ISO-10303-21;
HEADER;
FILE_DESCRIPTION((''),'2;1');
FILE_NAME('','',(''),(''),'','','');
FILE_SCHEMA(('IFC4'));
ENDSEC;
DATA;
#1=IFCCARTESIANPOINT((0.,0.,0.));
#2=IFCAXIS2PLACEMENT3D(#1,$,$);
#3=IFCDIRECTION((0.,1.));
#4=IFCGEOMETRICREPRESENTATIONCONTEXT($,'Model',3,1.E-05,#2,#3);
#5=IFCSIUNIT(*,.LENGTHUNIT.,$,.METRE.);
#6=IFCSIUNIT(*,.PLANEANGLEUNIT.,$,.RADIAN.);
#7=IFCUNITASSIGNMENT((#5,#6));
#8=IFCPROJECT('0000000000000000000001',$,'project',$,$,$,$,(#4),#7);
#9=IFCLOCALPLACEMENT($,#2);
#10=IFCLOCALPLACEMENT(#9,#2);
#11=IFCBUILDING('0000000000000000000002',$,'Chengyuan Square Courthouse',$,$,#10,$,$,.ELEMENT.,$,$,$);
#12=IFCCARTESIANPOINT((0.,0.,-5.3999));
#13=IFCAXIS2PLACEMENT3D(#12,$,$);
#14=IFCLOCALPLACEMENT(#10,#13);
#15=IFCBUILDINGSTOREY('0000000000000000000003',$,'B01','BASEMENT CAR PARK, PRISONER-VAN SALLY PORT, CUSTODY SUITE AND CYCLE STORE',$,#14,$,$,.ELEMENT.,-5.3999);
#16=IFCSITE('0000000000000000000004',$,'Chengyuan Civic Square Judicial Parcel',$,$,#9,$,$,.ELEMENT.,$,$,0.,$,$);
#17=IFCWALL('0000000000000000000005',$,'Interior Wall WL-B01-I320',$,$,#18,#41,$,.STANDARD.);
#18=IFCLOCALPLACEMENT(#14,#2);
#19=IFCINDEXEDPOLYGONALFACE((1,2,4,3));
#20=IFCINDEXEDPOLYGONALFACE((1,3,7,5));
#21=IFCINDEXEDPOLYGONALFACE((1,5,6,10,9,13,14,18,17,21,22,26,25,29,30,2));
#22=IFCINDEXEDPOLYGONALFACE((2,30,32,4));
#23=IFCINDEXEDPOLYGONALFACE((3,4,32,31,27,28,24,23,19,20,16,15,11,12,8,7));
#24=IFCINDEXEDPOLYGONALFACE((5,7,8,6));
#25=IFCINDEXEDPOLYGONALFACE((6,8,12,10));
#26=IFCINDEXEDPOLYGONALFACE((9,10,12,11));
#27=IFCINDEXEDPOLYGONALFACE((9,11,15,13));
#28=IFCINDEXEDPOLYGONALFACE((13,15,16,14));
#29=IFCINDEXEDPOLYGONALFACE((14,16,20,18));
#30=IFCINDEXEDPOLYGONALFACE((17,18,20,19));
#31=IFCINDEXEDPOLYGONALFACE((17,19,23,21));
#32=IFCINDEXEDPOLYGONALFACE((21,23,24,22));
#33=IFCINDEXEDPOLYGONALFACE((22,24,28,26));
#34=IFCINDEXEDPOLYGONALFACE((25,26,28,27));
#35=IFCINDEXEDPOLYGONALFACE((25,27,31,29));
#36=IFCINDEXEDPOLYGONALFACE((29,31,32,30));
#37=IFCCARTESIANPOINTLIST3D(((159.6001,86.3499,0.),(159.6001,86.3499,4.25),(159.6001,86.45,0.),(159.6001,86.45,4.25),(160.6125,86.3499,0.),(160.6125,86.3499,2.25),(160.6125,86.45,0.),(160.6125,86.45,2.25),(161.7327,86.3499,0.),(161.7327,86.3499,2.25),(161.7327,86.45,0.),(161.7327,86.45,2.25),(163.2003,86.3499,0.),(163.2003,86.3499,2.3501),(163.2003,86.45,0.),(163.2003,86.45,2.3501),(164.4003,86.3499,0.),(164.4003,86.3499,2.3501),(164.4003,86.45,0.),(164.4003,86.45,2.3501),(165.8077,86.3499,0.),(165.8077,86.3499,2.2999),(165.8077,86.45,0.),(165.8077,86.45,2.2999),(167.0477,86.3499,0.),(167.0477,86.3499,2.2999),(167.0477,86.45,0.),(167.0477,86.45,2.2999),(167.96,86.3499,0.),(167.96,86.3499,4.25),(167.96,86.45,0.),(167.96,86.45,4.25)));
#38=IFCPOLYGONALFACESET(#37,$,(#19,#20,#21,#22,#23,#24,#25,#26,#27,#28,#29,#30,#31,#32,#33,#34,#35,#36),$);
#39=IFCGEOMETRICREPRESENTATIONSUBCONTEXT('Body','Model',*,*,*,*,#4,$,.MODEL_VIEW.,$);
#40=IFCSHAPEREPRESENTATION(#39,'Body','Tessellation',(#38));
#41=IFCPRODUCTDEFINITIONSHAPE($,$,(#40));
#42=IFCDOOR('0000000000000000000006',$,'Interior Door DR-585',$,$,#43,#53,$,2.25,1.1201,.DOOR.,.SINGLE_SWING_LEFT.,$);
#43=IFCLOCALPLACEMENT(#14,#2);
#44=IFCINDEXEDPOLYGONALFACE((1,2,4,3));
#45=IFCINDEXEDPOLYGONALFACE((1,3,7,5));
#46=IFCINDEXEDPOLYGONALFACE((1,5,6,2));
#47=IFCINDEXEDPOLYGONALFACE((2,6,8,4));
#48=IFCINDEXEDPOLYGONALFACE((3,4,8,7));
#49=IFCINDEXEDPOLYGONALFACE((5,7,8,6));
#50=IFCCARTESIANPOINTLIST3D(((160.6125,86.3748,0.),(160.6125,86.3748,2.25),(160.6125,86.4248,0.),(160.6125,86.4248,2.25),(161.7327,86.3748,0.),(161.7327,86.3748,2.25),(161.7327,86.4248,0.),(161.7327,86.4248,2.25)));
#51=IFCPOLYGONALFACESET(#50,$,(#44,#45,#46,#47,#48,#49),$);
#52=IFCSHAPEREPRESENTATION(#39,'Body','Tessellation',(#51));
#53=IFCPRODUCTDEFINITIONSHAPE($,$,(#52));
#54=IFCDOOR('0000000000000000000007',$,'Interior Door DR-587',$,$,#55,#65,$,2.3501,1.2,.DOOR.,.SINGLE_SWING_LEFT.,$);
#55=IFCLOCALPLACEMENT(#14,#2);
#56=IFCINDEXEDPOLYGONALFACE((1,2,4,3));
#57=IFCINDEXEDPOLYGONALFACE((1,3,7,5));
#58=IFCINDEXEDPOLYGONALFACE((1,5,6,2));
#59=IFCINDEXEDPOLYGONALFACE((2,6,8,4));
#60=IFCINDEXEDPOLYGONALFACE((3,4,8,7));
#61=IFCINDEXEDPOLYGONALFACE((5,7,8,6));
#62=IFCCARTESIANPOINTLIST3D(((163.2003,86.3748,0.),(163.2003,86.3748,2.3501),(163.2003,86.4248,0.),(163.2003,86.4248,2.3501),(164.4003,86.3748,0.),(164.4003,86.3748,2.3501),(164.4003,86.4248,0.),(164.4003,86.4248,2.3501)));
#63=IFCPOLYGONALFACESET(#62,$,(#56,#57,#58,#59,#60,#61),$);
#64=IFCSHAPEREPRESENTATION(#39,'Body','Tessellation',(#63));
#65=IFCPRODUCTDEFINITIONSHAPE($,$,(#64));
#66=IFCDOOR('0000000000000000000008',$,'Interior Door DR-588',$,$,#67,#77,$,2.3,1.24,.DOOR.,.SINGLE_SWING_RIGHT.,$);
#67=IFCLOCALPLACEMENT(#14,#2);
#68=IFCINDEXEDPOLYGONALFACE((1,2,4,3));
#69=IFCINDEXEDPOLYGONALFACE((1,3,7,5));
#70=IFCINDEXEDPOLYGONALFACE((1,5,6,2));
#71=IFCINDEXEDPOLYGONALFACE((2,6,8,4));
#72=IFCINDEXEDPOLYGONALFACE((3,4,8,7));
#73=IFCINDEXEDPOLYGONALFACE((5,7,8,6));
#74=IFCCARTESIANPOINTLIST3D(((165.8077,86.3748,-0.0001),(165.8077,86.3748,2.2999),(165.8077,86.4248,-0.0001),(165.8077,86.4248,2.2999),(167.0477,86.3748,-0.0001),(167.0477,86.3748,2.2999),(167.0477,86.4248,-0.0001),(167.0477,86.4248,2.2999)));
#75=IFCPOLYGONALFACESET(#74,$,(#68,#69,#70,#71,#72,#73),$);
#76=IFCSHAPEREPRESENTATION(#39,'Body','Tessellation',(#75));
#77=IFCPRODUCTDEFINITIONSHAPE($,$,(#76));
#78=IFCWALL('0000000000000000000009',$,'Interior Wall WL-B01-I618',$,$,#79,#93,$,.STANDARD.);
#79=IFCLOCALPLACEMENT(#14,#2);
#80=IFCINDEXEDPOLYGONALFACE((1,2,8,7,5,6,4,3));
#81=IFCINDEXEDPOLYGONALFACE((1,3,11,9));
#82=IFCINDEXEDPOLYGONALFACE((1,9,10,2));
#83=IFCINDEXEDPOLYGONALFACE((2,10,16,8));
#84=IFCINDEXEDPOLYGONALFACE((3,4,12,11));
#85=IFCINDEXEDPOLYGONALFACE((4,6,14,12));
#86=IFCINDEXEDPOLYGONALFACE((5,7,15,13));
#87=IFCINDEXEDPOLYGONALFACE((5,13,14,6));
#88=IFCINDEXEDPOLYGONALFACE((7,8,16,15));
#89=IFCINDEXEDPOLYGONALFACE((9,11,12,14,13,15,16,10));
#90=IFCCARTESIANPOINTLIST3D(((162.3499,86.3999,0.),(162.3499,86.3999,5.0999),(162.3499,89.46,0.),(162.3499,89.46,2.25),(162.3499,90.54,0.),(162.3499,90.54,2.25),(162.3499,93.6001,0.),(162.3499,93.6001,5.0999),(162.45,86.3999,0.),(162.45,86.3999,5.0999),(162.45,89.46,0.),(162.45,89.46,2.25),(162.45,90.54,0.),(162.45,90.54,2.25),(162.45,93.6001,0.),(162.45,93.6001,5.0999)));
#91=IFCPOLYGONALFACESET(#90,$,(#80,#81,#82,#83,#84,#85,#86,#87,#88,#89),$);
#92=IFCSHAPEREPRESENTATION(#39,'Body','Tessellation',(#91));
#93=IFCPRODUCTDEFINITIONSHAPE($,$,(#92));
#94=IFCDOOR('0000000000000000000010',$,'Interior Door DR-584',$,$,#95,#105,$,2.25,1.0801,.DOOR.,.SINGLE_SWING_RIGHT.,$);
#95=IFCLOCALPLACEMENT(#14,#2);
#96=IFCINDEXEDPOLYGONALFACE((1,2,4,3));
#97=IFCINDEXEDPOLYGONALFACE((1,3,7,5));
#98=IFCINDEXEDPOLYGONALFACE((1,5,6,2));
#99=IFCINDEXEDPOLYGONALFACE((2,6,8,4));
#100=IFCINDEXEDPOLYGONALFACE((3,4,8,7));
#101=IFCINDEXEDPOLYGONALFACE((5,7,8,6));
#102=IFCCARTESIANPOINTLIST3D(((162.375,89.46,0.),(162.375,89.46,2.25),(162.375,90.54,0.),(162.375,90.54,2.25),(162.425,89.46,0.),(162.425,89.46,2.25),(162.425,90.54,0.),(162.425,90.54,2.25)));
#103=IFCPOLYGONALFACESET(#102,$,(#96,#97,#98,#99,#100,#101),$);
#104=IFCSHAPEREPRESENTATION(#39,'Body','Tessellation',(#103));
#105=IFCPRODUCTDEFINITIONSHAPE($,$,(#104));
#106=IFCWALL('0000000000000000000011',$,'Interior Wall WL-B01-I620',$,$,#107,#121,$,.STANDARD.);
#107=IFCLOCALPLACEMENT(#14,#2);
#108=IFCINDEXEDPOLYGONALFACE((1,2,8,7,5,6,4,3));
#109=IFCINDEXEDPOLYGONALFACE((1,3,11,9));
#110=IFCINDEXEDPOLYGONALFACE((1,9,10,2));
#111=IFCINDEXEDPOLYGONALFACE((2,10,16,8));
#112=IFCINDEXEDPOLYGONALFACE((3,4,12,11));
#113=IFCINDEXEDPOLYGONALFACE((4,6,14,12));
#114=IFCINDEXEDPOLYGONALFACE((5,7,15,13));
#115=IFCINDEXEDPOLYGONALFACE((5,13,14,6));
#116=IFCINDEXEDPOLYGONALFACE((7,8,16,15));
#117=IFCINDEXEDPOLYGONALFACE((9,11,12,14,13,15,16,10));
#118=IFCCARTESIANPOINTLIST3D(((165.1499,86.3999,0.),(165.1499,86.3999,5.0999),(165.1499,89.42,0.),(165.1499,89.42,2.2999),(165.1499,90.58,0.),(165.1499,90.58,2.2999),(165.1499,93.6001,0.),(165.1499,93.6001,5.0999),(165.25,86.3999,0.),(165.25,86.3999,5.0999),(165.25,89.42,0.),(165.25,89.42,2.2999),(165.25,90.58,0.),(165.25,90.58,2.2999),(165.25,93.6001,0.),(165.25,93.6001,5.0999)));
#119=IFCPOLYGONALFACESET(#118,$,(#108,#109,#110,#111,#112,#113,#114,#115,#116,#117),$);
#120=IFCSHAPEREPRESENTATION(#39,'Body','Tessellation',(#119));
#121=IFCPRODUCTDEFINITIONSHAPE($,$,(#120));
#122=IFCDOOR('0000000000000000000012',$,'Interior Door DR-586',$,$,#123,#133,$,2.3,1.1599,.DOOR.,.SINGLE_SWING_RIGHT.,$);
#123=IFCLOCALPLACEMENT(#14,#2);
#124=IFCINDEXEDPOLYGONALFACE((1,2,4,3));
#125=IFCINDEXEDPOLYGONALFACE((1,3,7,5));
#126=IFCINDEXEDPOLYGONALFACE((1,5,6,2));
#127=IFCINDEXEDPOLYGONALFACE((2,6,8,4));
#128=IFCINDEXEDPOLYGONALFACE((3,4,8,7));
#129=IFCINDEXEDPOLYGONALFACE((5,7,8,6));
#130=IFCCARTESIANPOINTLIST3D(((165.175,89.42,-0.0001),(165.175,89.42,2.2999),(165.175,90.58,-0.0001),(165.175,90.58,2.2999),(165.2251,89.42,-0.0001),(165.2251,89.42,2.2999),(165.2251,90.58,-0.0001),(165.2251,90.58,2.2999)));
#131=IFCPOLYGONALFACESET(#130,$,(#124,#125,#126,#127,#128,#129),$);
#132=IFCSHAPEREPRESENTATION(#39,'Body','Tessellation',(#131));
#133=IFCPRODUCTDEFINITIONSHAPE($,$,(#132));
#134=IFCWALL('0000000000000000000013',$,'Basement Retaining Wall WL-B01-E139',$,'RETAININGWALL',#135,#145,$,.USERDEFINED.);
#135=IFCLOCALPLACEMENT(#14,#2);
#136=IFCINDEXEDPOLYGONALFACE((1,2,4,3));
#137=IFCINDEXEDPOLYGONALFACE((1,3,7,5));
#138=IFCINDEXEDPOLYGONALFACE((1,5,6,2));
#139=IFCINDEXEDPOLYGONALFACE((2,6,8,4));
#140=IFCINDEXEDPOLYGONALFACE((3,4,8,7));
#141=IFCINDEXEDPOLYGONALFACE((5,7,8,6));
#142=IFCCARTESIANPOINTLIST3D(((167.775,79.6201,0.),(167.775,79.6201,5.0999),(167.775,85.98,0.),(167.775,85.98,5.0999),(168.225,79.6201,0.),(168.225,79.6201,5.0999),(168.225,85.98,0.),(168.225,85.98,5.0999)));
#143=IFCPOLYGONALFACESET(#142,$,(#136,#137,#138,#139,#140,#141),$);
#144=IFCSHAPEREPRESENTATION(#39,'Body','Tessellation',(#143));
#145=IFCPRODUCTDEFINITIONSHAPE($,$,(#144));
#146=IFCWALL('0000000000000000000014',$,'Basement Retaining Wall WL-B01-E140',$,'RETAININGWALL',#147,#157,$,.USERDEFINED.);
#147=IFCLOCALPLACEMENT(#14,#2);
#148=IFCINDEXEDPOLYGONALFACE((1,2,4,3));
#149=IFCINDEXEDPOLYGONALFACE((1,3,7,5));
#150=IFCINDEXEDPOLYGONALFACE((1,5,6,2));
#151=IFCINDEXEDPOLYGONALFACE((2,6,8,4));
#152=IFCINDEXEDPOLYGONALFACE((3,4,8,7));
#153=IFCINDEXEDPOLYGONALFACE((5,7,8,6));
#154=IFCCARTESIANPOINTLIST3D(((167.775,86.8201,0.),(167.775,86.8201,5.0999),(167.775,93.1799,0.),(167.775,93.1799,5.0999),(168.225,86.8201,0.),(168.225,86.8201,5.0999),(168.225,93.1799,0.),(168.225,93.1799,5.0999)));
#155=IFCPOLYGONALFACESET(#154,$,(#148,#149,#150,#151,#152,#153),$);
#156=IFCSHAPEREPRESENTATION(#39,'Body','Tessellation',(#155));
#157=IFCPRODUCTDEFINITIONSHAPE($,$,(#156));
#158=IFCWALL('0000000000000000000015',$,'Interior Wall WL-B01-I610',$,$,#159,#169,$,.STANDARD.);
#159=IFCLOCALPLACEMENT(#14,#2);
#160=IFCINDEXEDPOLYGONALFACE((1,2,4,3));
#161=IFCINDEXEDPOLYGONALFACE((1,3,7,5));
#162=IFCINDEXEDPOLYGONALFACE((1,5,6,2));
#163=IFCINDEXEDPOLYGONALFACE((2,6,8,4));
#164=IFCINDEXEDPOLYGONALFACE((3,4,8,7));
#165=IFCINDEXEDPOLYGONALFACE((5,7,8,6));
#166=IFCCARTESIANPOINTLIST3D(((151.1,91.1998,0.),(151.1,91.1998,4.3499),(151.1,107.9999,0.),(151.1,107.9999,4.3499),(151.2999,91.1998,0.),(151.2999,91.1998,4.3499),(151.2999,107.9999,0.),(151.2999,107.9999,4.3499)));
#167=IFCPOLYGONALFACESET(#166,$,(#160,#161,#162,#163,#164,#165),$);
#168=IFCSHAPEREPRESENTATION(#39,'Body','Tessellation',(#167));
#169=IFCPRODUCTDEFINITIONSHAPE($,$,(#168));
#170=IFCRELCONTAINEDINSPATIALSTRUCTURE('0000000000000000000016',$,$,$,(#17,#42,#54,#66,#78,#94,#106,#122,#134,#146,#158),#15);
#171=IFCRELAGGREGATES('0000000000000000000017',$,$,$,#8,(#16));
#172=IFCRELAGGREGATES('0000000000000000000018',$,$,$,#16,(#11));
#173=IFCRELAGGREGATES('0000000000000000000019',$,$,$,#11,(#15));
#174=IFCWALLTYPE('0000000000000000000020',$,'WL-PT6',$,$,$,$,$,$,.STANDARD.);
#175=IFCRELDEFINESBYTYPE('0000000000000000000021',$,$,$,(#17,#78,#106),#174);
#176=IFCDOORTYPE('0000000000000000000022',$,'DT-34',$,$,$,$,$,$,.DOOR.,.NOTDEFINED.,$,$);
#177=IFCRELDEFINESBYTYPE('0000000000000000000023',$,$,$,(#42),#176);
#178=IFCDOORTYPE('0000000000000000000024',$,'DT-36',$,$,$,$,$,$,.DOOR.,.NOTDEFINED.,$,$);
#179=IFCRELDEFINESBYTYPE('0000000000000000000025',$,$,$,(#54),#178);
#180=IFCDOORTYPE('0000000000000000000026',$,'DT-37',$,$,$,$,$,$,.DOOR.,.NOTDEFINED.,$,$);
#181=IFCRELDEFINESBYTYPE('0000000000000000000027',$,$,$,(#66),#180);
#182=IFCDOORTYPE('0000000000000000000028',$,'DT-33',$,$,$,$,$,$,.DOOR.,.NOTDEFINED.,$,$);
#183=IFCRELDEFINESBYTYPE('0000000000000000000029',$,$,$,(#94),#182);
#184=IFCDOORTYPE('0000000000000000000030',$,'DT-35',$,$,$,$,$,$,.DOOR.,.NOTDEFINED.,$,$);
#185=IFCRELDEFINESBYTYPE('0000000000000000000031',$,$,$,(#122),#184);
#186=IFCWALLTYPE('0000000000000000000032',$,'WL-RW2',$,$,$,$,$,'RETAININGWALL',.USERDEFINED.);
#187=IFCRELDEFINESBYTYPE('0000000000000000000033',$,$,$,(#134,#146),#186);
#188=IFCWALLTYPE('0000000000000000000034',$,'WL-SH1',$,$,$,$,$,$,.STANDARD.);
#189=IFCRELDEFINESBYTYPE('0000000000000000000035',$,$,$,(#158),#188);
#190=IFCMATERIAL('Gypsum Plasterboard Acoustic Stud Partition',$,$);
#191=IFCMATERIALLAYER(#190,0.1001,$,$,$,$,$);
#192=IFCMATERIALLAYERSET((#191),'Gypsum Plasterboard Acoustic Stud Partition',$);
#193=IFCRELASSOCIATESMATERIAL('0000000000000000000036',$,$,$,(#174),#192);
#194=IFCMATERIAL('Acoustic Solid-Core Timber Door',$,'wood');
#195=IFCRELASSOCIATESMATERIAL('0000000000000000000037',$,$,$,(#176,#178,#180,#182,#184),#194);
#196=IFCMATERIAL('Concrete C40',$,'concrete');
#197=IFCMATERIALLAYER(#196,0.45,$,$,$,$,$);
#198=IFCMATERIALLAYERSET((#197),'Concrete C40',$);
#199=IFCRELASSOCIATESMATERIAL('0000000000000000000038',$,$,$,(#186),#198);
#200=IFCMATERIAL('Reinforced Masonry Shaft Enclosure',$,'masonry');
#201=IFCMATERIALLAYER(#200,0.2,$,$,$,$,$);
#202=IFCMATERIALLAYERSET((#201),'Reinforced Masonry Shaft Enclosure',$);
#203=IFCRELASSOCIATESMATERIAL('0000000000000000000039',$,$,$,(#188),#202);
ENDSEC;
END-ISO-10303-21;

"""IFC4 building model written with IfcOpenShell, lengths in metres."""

from ifc_helpers import new_model, si_unit, direction, frame, frame_2d, origin, place, context, subcontext, project, spatial, rectangle, extrude, material, layer, layer_set, type_object, element, fill, save


model = new_model("IFC4")

# Units and contexts
model_context = context("Model", 3, precision=1e-05, world=origin(), true_north=direction((0.0, 1.0)))
body_context = subcontext(model_context, "Body", "Model", "MODEL_VIEW")
ifc_project = project(units=[si_unit("LENGTHUNIT", "METRE"), si_unit("PLANEANGLEUNIT", "RADIAN")], contexts=[model_context])

# Site, building, storey
site_placement = place(None, origin())
site = spatial("IfcSite", under=ifc_project, at=site_placement, Name="Chengyuan Civic Square Judicial Parcel", CompositionType="ELEMENT", RefElevation=0.0)
building_placement = place(site_placement, origin())
building = spatial("IfcBuilding", under=site, at=building_placement, Name="Chengyuan Square Courthouse", CompositionType="ELEMENT")
storey_placement = place(building_placement, frame((0.0, 0.0, -5.3999)))
storey = spatial("IfcBuildingStorey", under=building, at=storey_placement, Name="B01", Description="BASEMENT CAR PARK, PRISONER-VAN SALLY PORT, CUSTODY SUITE AND CYCLE STORE", CompositionType="ELEMENT", Elevation=-5.3999)

# Shared definitions
ifc_material_1 = material(Name="Concrete C40", Category="concrete")

# Shared definitions
ifc_material_2 = material(Name="Gypsum Plasterboard Acoustic Stud Partition")
ifc_layer_1 = layer(ifc_material_2, 0.1001)
ifc_layer_set_1 = layer_set([ifc_layer_1], Name="Gypsum Plasterboard Acoustic Stud Partition")
wall_type_1 = type_object("IfcWallType", Name="WL-PT6", PredefinedType="STANDARD", material=ifc_layer_set_1)
ifc_material_3 = material(Name="Acoustic Solid-Core Timber Door", Category="wood")
door_type_1 = type_object("IfcDoorType", Name="DT-34", OperationType="NOTDEFINED", PredefinedType="DOOR", material=ifc_material_3)

# Wall, openings, doors
wall_1_placement = place(storey_placement, frame((159.6001, 86.3999, 0.0), z_axis=(0.0, 0.0, 1.0), x_axis=(1.0, 0.0, 0.0)))
wall_1 = element("IfcWall", 1, at=wall_1_placement, inside=storey, type_object=wall_type_1, Name="Interior Wall WL-B01-I320", PredefinedType="STANDARD", context=body_context, shape_type="SweptSolid", body=[
    extrude(rectangle(XDim=8.3599, YDim=0.1001, at=frame_2d((4.1799, 0.0))), origin(), (0.0, 0.0, 1.0), 4.25),
])
opening_1_placement = place(wall_1_placement, frame((1.0125, 0.0, 0.0)))
opening_1 = element("IfcOpeningElement", 2, at=opening_1_placement, cuts=wall_1, PredefinedType="OPENING", context=body_context, shape_type="SweptSolid", body=[
    extrude(rectangle(XDim=1.1201, YDim=2.25, at=frame_2d((0.5601, 1.125))), frame((0.0, 0.062, 0.0), z_axis=(0.0, -1.0, 0.0), x_axis=(1.0, 0.0, 0.0)), (0.0, 0.0, 1.0), 0.124),
])
opening_2_placement = place(wall_1_placement, frame((3.6001, 0.0, 0.0)))
opening_2 = element("IfcOpeningElement", 3, at=opening_2_placement, cuts=wall_1, PredefinedType="OPENING", context=body_context, shape_type="SweptSolid", body=[
    extrude(rectangle(XDim=1.2, YDim=2.3501, at=frame_2d((0.6001, 1.175))), frame((0.0, 0.062, 0.0), z_axis=(0.0, -1.0, 0.0), x_axis=(1.0, 0.0, 0.0)), (0.0, 0.0, 1.0), 0.124),
])
opening_3_placement = place(wall_1_placement, frame((6.2075, 0.0, 0.0)))
opening_3 = element("IfcOpeningElement", 4, at=opening_3_placement, cuts=wall_1, PredefinedType="OPENING", context=body_context, shape_type="SweptSolid", body=[
    extrude(rectangle(XDim=1.24, YDim=2.3, at=frame_2d((0.6201, 1.1499))), frame((0.0, 0.062, 0.0), z_axis=(0.0, -1.0, 0.0), x_axis=(1.0, 0.0, 0.0)), (0.0, 0.0, 1.0), 0.124),
])
door_1_placement = place(opening_1_placement, origin())
door_1 = element("IfcDoor", 5, at=door_1_placement, inside=storey, type_object=door_type_1, Name="Interior Door DR-585", OperationType="SINGLE_SWING_LEFT", OverallHeight=2.25, OverallWidth=1.1201, PredefinedType="DOOR", context=body_context, shape_type="SweptSolid", body=[
    extrude(rectangle(XDim=1.1201, YDim=2.25, at=frame_2d((0.5601, 1.125))), frame((0.0, 0.0249, 0.0), z_axis=(0.0, -1.0, 0.0), x_axis=(1.0, 0.0, 0.0)), (0.0, 0.0, 1.0), 0.05),
])
fill(opening_1, door_1)
door_type_2 = type_object("IfcDoorType", Name="DT-36", OperationType="NOTDEFINED", PredefinedType="DOOR", material=ifc_material_3)
door_2_placement = place(opening_2_placement, origin())
door_2 = element("IfcDoor", 6, at=door_2_placement, inside=storey, type_object=door_type_2, Name="Interior Door DR-587", OperationType="SINGLE_SWING_LEFT", OverallHeight=2.3501, OverallWidth=1.2, PredefinedType="DOOR", context=body_context, shape_type="SweptSolid", body=[
    extrude(rectangle(XDim=1.2, YDim=2.3501, at=frame_2d((0.6001, 1.175))), frame((0.0, 0.0249, 0.0), z_axis=(0.0, -1.0, 0.0), x_axis=(1.0, 0.0, 0.0)), (0.0, 0.0, 1.0), 0.05),
])
fill(opening_2, door_2)
door_type_3 = type_object("IfcDoorType", Name="DT-37", OperationType="NOTDEFINED", PredefinedType="DOOR", material=ifc_material_3)
door_3_placement = place(opening_3_placement, origin())
door_3 = element("IfcDoor", 7, at=door_3_placement, inside=storey, type_object=door_type_3, Name="Interior Door DR-588", OperationType="SINGLE_SWING_RIGHT", OverallHeight=2.3, OverallWidth=1.24, PredefinedType="DOOR", context=body_context, shape_type="SweptSolid", body=[
    extrude(rectangle(XDim=1.24, YDim=2.3, at=frame_2d((0.6201, 1.1499))), frame((0.0, 0.0249, 0.0), z_axis=(0.0, -1.0, 0.0), x_axis=(1.0, 0.0, 0.0)), (0.0, 0.0, 1.0), 0.05),
])
fill(opening_3, door_3)

# Walls, openings, doors
wall_2_placement = place(storey_placement, frame((162.3999, 86.3999, 0.0), z_axis=(0.0, 0.0, 1.0), x_axis=(0.0, 1.0, 0.0)))
wall_2 = element("IfcWall", 8, at=wall_2_placement, inside=storey, type_object=wall_type_1, Name="Interior Wall WL-B01-I618", PredefinedType="STANDARD", context=body_context, shape_type="SweptSolid", body=[
    extrude(rectangle(XDim=7.2002, YDim=0.1001, at=frame_2d((3.6001, 0.0))), origin(), (0.0, 0.0, 1.0), 5.0999),
])
opening_4_placement = place(wall_2_placement, frame((3.0601, 0.0, 0.0)))
opening_4 = element("IfcOpeningElement", 9, at=opening_4_placement, cuts=wall_2, PredefinedType="OPENING", context=body_context, shape_type="SweptSolid", body=[
    extrude(rectangle(XDim=1.0801, YDim=2.25, at=frame_2d((0.54, 1.125))), frame((0.0, 0.062, 0.0), z_axis=(0.0, -1.0, 0.0), x_axis=(1.0, 0.0, 0.0)), (0.0, 0.0, 1.0), 0.124),
])
door_type_4 = type_object("IfcDoorType", Name="DT-33", OperationType="NOTDEFINED", PredefinedType="DOOR", material=ifc_material_3)
door_4_placement = place(opening_4_placement, origin())
door_4 = element("IfcDoor", 10, at=door_4_placement, inside=storey, type_object=door_type_4, Name="Interior Door DR-584", OperationType="SINGLE_SWING_RIGHT", OverallHeight=2.25, OverallWidth=1.0801, PredefinedType="DOOR", context=body_context, shape_type="SweptSolid", body=[
    extrude(rectangle(XDim=1.0801, YDim=2.25, at=frame_2d((0.54, 1.125))), frame((0.0, 0.0249, 0.0), z_axis=(0.0, -1.0, 0.0), x_axis=(1.0, 0.0, 0.0)), (0.0, 0.0, 1.0), 0.05),
])
fill(opening_4, door_4)
wall_3_placement = place(storey_placement, frame((165.2, 86.3999, 0.0), z_axis=(0.0, 0.0, 1.0), x_axis=(0.0, 1.0, 0.0)))
wall_3 = element("IfcWall", 11, at=wall_3_placement, inside=storey, type_object=wall_type_1, Name="Interior Wall WL-B01-I620", PredefinedType="STANDARD", context=body_context, shape_type="SweptSolid", body=[
    extrude(rectangle(XDim=7.2002, YDim=0.1001, at=frame_2d((3.6001, 0.0))), origin(), (0.0, 0.0, 1.0), 5.0999),
])
opening_5_placement = place(wall_3_placement, frame((3.02, 0.0, 0.0)))
opening_5 = element("IfcOpeningElement", 12, at=opening_5_placement, cuts=wall_3, PredefinedType="OPENING", context=body_context, shape_type="SweptSolid", body=[
    extrude(rectangle(XDim=1.1599, YDim=2.3, at=frame_2d((0.5801, 1.1499))), frame((0.0, 0.062, 0.0), z_axis=(0.0, -1.0, 0.0), x_axis=(1.0, 0.0, 0.0)), (0.0, 0.0, 1.0), 0.124),
])
door_type_5 = type_object("IfcDoorType", Name="DT-35", OperationType="NOTDEFINED", PredefinedType="DOOR", material=ifc_material_3)
door_5_placement = place(opening_5_placement, origin())
door_5 = element("IfcDoor", 13, at=door_5_placement, inside=storey, type_object=door_type_5, Name="Interior Door DR-586", OperationType="SINGLE_SWING_RIGHT", OverallHeight=2.3, OverallWidth=1.1599, PredefinedType="DOOR", context=body_context, shape_type="SweptSolid", body=[
    extrude(rectangle(XDim=1.1599, YDim=2.3, at=frame_2d((0.5801, 1.1499))), frame((0.0, 0.0249, 0.0), z_axis=(0.0, -1.0, 0.0), x_axis=(1.0, 0.0, 0.0)), (0.0, 0.0, 1.0), 0.05),
])
fill(opening_5, door_5)

# Walls
ifc_layer_2 = layer(ifc_material_1, 0.45)
ifc_layer_set_2 = layer_set([ifc_layer_2], Name="Concrete C40")
wall_type_2 = type_object("IfcWallType", Name="WL-RW2", ElementType="RETAININGWALL", PredefinedType="USERDEFINED", material=ifc_layer_set_2)
for number, where, z_axis, x_axis, name in (
    (14, (168.0, 79.6201, 0.0), (0.0, 0.0, 1.0), (0.0, 1.0, 0.0), "Basement Retaining Wall WL-B01-E139"),
    (15, (168.0, 86.8201, 0.0), (0.0, 0.0, 1.0), (0.0, 1.0, 0.0), "Basement Retaining Wall WL-B01-E140"),
):
    element("IfcWall", number, at=place(storey_placement, frame(where, z_axis=z_axis, x_axis=x_axis)), inside=storey, type_object=wall_type_2, Name=name, ObjectType="RETAININGWALL", PredefinedType="USERDEFINED", context=body_context, shape_type="SweptSolid", body=[
        extrude(rectangle(XDim=6.3599, YDim=0.45, at=frame_2d((3.1799, 0.0))), origin(), (0.0, 0.0, 1.0), 5.0999),
    ])
ifc_material_4 = material(Name="Reinforced Masonry Shaft Enclosure", Category="masonry")
ifc_layer_3 = layer(ifc_material_4, 0.2)
ifc_layer_set_3 = layer_set([ifc_layer_3], Name="Reinforced Masonry Shaft Enclosure")
wall_type_3 = type_object("IfcWallType", Name="WL-SH1", PredefinedType="STANDARD", material=ifc_layer_set_3)
wall_4_placement = place(storey_placement, frame((151.2, 91.2, 0.0), z_axis=(0.0, 0.0, 1.0), x_axis=(0.0, 1.0, 0.0)))
element("IfcWall", 16, at=wall_4_placement, inside=storey, type_object=wall_type_3, Name="Interior Wall WL-B01-I610", PredefinedType="STANDARD", context=body_context, shape_type="SweptSolid", body=[
    extrude(rectangle(XDim=16.8, YDim=0.2, at=frame_2d((8.3999, 0.0))), origin(), (0.0, 0.0, 1.0), 4.3499),
])

save(model, "model.ifc")
